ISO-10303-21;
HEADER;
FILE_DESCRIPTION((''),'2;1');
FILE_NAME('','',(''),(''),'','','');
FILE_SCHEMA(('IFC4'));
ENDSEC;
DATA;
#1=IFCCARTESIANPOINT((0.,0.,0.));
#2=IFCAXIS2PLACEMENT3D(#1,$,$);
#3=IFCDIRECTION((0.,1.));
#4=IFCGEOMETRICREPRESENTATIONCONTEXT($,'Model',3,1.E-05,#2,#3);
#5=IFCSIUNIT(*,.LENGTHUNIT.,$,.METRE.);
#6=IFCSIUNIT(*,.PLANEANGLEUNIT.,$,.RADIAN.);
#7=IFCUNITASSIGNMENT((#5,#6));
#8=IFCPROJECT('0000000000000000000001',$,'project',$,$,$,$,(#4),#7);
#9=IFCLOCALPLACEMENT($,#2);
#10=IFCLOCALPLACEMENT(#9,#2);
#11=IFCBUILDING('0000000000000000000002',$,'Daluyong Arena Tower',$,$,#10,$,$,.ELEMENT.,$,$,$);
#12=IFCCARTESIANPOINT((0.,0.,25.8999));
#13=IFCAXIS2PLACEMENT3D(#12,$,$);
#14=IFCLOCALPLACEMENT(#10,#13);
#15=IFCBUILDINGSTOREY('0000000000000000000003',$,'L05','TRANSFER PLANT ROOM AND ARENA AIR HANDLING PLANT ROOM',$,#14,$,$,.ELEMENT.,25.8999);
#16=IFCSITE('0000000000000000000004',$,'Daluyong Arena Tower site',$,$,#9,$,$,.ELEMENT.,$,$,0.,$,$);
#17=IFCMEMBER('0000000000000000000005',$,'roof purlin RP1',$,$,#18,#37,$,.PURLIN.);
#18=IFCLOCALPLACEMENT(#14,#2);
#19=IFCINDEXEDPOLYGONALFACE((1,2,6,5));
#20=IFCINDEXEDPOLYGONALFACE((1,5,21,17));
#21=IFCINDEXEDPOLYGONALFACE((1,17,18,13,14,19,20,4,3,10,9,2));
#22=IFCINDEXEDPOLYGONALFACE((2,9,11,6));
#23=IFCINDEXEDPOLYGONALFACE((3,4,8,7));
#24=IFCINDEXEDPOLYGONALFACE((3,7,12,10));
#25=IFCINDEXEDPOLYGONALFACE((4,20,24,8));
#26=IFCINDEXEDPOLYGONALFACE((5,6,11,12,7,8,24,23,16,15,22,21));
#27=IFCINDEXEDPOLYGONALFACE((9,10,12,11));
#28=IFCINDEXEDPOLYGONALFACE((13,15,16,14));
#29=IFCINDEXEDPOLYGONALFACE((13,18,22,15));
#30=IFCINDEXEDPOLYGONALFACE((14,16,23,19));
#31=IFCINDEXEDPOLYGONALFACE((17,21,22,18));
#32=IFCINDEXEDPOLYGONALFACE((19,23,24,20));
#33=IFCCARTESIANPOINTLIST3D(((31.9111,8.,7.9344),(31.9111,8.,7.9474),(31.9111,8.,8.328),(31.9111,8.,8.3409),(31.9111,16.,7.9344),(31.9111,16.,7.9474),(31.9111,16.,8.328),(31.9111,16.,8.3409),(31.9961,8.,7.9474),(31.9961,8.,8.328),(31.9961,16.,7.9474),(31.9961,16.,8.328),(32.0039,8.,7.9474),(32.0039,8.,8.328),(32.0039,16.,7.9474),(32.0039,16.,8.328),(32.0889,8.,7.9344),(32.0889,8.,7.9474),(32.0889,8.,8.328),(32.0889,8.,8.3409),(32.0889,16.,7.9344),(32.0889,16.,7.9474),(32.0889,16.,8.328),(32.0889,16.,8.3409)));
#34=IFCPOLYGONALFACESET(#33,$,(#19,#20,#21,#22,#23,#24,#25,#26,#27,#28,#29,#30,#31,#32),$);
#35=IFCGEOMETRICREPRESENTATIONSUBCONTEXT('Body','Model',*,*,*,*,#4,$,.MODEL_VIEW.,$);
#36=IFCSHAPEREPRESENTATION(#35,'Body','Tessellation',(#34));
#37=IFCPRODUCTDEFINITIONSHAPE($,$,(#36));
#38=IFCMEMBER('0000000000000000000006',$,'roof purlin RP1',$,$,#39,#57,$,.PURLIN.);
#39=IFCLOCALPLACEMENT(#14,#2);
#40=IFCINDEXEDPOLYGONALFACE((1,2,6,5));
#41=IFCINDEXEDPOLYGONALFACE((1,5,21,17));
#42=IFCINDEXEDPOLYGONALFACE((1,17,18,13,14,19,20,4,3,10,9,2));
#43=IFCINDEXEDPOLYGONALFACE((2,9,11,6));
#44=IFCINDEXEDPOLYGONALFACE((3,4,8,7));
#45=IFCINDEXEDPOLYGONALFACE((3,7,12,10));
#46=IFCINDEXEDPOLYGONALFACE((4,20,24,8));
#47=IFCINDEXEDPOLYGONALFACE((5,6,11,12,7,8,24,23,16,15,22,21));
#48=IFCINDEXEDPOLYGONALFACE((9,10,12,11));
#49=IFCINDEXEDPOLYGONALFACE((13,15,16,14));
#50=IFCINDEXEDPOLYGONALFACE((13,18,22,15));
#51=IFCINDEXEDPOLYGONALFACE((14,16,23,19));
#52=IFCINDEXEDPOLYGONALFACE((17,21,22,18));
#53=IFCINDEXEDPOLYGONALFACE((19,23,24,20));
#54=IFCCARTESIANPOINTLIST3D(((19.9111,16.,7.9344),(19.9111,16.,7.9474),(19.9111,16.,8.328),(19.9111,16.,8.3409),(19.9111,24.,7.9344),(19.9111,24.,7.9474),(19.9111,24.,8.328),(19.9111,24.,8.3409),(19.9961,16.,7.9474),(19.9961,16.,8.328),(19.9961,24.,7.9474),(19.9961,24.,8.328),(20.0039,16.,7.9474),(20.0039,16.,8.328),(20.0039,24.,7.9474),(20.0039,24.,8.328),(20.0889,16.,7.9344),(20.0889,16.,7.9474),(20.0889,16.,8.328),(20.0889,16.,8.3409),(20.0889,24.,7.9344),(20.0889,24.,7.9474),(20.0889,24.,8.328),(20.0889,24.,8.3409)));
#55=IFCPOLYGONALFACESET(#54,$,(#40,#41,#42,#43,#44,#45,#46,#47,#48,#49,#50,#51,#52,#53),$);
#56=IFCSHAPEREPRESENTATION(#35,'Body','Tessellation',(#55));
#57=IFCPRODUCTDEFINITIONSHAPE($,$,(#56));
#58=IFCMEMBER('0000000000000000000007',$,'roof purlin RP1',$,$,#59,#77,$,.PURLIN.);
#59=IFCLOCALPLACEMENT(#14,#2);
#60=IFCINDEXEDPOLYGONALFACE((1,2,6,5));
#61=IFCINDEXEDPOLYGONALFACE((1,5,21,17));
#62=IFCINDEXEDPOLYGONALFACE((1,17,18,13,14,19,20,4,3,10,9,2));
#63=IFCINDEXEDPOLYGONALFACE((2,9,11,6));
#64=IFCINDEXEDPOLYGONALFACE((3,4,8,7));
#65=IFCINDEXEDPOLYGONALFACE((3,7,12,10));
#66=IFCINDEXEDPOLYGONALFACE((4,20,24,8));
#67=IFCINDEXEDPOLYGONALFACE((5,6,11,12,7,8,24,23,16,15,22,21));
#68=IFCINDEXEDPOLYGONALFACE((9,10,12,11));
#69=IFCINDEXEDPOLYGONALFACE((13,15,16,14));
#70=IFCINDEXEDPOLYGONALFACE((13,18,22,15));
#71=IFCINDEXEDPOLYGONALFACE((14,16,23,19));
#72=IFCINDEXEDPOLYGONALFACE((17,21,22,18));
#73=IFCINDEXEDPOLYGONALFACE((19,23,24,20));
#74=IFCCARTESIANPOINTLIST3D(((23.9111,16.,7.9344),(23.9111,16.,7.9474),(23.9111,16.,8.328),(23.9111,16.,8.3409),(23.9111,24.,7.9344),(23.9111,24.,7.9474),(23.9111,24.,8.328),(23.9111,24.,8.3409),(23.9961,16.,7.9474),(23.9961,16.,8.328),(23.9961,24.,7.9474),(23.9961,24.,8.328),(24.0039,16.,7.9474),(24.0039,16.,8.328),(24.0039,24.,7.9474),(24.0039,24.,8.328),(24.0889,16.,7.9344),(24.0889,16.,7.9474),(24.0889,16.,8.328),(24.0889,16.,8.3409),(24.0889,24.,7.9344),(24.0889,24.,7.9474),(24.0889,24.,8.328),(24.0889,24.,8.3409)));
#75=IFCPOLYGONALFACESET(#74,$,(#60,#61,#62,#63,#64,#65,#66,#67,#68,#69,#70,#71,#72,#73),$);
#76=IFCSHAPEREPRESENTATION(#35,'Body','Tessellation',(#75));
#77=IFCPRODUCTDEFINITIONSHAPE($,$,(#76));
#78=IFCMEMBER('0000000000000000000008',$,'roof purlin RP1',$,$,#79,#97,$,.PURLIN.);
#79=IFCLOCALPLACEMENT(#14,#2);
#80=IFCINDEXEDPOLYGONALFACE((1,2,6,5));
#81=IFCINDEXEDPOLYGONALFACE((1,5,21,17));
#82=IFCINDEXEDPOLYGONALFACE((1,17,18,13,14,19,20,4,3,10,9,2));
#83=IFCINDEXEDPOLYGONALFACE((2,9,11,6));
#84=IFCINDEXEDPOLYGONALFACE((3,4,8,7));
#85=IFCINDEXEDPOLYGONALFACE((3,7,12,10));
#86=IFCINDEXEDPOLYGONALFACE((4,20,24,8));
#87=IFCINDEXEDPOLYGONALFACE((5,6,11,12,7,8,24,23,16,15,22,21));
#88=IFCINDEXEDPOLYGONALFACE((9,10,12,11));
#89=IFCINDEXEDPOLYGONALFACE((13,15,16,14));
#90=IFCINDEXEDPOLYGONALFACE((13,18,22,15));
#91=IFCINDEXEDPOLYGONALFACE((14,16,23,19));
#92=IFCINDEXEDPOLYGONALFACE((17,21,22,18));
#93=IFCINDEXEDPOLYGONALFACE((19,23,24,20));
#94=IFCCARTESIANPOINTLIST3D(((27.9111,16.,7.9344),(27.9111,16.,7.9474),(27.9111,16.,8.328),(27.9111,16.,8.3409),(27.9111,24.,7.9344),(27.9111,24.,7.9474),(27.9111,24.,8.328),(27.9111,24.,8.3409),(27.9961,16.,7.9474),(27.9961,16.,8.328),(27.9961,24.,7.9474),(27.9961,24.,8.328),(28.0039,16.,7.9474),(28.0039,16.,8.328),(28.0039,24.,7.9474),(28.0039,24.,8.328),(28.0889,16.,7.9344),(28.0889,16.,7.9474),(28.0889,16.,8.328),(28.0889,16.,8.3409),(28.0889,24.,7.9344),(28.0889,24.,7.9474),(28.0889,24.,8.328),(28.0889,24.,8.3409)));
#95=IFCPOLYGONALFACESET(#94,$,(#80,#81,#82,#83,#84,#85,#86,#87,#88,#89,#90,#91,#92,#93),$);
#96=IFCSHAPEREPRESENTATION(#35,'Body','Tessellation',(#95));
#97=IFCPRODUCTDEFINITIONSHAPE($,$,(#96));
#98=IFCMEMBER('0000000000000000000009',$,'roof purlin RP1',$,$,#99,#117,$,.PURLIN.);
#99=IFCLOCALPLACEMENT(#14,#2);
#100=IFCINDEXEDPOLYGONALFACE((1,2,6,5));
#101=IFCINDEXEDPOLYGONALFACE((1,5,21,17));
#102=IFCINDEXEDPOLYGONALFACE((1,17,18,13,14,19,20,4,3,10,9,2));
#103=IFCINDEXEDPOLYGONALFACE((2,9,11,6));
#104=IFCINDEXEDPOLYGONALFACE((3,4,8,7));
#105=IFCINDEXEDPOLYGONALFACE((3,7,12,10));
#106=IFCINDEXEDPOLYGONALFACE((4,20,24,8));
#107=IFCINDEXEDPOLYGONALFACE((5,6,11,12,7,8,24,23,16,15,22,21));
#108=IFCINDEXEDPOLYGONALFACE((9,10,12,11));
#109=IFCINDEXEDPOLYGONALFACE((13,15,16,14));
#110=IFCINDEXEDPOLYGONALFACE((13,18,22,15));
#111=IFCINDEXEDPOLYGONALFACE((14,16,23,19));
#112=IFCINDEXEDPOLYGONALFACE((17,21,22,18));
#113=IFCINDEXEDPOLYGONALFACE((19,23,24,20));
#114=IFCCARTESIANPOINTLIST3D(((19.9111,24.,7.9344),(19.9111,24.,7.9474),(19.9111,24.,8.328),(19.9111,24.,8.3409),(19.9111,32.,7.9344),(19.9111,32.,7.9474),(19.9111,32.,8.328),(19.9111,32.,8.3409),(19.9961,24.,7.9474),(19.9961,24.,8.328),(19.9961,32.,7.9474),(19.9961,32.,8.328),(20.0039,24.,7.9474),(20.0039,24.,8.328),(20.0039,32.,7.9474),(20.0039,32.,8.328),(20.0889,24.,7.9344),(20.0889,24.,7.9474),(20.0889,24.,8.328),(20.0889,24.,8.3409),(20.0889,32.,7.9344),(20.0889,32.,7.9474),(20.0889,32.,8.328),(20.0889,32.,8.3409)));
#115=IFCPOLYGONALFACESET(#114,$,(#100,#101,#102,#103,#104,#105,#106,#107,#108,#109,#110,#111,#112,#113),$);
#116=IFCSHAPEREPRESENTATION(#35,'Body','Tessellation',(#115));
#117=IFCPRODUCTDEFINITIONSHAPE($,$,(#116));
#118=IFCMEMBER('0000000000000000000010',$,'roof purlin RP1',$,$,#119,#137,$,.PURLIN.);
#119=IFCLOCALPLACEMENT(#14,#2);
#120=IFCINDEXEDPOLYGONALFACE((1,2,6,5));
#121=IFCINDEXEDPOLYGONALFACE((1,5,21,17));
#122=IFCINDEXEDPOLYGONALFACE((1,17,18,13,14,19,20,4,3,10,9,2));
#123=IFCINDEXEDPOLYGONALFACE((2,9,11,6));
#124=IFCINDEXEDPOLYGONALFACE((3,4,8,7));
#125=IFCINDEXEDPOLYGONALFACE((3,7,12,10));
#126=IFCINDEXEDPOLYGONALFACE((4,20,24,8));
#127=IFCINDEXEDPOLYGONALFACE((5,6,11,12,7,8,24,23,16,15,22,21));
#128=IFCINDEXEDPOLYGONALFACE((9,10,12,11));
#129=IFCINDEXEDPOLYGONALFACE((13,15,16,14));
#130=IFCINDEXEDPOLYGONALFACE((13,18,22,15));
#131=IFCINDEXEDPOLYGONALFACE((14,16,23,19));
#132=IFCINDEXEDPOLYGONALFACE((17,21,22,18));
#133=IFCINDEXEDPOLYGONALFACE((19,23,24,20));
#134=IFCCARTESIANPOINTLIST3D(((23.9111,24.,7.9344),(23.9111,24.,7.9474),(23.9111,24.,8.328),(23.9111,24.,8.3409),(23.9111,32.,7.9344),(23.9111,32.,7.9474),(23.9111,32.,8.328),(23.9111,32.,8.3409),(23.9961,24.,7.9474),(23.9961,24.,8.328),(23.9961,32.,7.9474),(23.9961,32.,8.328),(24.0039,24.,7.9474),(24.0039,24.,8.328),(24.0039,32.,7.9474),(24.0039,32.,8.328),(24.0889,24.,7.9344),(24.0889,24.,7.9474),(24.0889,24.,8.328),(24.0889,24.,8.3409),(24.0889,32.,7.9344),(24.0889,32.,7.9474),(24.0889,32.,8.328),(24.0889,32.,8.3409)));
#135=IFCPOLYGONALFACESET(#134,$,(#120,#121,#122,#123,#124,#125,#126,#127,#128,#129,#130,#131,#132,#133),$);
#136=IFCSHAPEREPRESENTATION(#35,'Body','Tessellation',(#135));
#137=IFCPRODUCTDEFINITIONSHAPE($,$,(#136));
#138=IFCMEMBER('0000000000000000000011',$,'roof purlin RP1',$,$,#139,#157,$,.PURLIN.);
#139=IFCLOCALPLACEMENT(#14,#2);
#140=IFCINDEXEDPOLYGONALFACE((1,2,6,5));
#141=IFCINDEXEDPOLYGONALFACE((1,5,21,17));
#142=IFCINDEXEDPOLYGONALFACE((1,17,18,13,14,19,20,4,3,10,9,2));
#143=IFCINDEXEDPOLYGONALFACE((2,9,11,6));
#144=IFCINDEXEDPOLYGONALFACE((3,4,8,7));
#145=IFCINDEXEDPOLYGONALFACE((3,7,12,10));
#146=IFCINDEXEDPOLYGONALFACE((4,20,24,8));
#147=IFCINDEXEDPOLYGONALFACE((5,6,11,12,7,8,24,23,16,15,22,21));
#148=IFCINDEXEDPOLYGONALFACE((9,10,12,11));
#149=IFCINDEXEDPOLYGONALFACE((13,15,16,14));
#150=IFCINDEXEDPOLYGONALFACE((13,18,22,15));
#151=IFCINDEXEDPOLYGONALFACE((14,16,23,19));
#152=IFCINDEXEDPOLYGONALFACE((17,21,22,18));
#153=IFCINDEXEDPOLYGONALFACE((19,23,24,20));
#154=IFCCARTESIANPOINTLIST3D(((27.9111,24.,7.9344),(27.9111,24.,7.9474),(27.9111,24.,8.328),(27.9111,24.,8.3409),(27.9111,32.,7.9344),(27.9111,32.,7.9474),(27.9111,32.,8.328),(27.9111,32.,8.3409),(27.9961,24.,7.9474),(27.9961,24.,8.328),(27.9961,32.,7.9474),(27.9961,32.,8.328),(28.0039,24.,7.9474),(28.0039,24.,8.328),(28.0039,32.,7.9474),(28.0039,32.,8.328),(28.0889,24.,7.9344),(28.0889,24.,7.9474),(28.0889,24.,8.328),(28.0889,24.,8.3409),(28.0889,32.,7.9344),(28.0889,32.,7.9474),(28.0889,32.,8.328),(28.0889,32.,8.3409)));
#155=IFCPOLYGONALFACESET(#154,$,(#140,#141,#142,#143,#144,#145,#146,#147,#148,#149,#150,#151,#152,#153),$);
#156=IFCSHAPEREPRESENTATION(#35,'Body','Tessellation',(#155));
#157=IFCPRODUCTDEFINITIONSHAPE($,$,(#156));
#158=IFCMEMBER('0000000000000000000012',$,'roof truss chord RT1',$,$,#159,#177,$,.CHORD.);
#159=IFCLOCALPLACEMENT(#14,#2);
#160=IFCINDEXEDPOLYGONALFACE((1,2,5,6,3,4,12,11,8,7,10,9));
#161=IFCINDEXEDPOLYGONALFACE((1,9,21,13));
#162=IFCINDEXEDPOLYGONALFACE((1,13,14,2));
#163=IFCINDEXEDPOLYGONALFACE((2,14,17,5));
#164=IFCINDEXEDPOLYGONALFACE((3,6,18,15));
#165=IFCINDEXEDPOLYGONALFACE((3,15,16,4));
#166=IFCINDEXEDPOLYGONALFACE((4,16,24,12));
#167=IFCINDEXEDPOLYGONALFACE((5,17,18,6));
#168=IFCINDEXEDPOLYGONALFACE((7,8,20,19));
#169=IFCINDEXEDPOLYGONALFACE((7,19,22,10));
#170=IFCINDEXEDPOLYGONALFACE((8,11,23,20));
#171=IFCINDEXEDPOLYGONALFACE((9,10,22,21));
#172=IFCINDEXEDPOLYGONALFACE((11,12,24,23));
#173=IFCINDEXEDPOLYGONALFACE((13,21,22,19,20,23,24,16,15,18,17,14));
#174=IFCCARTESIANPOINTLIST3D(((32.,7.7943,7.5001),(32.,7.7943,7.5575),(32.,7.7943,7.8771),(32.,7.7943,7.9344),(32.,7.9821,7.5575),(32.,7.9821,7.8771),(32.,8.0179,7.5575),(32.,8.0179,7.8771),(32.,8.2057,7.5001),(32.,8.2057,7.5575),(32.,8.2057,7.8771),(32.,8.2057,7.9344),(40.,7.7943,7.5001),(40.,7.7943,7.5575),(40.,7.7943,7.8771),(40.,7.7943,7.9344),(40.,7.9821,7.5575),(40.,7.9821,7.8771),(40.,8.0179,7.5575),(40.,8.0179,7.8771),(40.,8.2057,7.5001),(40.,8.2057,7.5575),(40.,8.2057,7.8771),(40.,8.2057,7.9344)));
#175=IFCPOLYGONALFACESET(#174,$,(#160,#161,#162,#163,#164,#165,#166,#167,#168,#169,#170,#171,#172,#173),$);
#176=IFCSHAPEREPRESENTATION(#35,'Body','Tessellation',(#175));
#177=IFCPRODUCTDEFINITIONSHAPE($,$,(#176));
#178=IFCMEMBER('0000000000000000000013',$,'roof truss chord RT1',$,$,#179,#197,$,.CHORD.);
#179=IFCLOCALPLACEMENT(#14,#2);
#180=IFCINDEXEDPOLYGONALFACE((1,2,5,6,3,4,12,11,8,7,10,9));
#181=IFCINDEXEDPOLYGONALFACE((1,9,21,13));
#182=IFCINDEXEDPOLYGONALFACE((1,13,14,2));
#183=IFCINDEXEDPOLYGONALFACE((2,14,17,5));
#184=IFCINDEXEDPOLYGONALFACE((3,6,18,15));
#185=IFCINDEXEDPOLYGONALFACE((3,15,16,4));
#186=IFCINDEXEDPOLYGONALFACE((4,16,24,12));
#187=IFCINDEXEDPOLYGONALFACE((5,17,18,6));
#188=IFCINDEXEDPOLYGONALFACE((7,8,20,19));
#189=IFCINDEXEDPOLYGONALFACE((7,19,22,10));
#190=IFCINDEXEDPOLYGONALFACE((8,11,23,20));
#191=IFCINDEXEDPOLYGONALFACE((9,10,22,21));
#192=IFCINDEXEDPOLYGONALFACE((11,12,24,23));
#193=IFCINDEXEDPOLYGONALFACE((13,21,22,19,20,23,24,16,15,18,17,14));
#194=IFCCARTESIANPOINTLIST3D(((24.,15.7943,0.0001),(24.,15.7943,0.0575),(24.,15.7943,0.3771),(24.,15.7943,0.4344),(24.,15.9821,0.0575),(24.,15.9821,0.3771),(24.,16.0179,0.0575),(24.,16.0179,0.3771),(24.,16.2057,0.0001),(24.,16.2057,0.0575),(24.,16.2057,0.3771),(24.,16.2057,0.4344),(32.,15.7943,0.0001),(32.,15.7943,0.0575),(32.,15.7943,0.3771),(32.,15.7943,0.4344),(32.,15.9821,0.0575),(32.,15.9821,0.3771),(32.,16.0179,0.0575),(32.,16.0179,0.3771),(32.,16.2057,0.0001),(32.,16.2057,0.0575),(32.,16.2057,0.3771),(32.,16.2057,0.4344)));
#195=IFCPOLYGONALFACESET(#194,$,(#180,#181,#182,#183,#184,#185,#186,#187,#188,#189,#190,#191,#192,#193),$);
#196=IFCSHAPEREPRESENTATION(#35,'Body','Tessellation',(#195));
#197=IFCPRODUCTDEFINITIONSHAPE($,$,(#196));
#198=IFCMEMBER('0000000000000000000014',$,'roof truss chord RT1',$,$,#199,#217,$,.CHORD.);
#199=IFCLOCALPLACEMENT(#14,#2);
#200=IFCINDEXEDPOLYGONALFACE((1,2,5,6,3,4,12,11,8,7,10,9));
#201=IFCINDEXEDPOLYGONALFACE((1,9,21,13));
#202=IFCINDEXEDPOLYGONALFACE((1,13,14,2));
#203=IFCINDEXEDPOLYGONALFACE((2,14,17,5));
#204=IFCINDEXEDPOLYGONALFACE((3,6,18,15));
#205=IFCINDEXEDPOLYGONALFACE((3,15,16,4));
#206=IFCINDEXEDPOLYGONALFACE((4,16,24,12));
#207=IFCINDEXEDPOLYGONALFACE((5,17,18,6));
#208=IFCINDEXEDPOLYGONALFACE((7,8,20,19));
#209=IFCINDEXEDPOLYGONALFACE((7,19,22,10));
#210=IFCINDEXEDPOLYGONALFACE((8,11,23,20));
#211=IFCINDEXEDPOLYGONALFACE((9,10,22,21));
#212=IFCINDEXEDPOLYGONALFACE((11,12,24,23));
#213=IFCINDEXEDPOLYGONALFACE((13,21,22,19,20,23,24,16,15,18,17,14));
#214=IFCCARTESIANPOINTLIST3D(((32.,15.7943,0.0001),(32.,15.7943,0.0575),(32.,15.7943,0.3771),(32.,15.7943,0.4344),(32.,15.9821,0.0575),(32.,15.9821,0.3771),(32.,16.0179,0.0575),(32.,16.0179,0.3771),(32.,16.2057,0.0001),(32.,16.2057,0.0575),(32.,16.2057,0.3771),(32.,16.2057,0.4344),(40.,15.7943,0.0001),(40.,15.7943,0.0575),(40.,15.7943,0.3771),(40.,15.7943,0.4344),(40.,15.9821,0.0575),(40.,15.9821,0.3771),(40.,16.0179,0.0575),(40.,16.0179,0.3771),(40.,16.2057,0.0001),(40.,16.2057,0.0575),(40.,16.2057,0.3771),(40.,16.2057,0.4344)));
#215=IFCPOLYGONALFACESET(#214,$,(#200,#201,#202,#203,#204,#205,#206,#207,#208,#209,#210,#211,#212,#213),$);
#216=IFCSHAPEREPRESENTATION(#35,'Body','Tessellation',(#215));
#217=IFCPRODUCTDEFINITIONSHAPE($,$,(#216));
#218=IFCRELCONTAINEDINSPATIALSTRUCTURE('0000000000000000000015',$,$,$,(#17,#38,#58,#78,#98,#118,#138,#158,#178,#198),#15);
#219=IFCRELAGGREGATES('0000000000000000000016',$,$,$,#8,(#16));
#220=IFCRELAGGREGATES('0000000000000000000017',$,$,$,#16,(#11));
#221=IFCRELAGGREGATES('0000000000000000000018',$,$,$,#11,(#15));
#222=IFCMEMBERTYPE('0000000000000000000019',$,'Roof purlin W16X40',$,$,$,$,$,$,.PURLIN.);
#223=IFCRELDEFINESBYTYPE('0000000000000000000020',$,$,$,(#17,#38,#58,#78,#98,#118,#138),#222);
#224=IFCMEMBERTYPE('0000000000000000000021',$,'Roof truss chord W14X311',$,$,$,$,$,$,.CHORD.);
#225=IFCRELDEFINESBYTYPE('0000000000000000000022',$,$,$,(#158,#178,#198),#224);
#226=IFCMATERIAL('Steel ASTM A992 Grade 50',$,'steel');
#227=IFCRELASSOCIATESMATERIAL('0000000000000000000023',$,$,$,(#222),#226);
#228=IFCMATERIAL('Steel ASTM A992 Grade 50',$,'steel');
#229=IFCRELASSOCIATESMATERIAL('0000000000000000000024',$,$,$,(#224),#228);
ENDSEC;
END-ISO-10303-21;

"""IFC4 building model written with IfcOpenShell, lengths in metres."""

from ifc_helpers import new_model, si_unit, direction, frame, origin, origin_2d, place, context, subcontext, project, spatial, i_section, extrude, material, material_profile, profile_set, type_object, element, save


model = new_model("IFC4")

# Units and contexts
model_context = context("Model", 3, precision=1e-05, world=origin(), true_north=direction((0.0, 1.0)))
body_context = subcontext(model_context, "Body", "Model", "MODEL_VIEW")
ifc_project = project(units=[si_unit("LENGTHUNIT", "METRE"), si_unit("PLANEANGLEUNIT", "RADIAN")], contexts=[model_context])

# Site, building, storey
site_placement = place(None, origin())
site = spatial("IfcSite", under=ifc_project, at=site_placement, Name="Daluyong Arena Tower site", CompositionType="ELEMENT", RefElevation=0.0)
building_placement = place(site_placement, origin())
building = spatial("IfcBuilding", under=site, at=building_placement, Name="Daluyong Arena Tower", CompositionType="ELEMENT")
storey_placement = place(building_placement, frame((0.0, 0.0, 25.8999)))
storey = spatial("IfcBuildingStorey", under=building, at=storey_placement, Name="L05", Description="TRANSFER PLANT ROOM AND ARENA AIR HANDLING PLANT ROOM", CompositionType="ELEMENT", Elevation=25.8999)

# Members
ifc_material_1 = material(Name="Steel ASTM A992 Grade 50", Category="steel")
ifc_material_profile_1 = material_profile(ifc_material_1, i_section(OverallWidth=0.1777, OverallDepth=0.4065, WebThickness=0.0078, FlangeThickness=0.0129, at=origin_2d()))
ifc_profile_set_1 = profile_set([ifc_material_profile_1], Name="Steel ASTM A992 Grade 50")
member_type_1 = type_object("IfcMemberType", Name="Roof purlin W16X40", PredefinedType="PURLIN", material=ifc_profile_set_1)
for number, where, z_axis, x_axis, name in (
    (1, (32.0, 8.0, 8.1377), (0.0, 1.0, 0.0), (-1.0, 0.0, 0.0), "roof purlin RP1"),
    (2, (20.0, 16.0, 8.1377), (0.0, 1.0, 0.0), (-1.0, 0.0, 0.0), "roof purlin RP1"),
    (3, (24.0, 16.0, 8.1377), (0.0, 1.0, 0.0), (-1.0, 0.0, 0.0), "roof purlin RP1"),
    (4, (28.0, 16.0, 8.1377), (0.0, 1.0, 0.0), (-1.0, 0.0, 0.0), "roof purlin RP1"),
    (5, (20.0, 24.0, 8.1377), (0.0, 1.0, 0.0), (-1.0, 0.0, 0.0), "roof purlin RP1"),
    (6, (24.0, 24.0, 8.1377), (0.0, 1.0, 0.0), (-1.0, 0.0, 0.0), "roof purlin RP1"),
    (7, (28.0, 24.0, 8.1377), (0.0, 1.0, 0.0), (-1.0, 0.0, 0.0), "roof purlin RP1"),
):
    element("IfcMember", number, at=place(storey_placement, frame(where, z_axis=z_axis, x_axis=x_axis)), inside=storey, type_object=member_type_1, Name=name, PredefinedType="PURLIN", context=body_context, shape_type="SweptSolid", body=[
        extrude(i_section(OverallWidth=0.1777, OverallDepth=0.4065, WebThickness=0.0078, FlangeThickness=0.0129, at=origin_2d()), origin(), (0.0, 0.0, 1.0), 8.0),
    ])
ifc_material_2 = material(Name="Steel ASTM A992 Grade 50", Category="steel")
ifc_material_profile_2 = material_profile(ifc_material_2, i_section(OverallWidth=0.4114, OverallDepth=0.4343, WebThickness=0.0359, FlangeThickness=0.0574, at=origin_2d()))
ifc_profile_set_2 = profile_set([ifc_material_profile_2], Name="Steel ASTM A992 Grade 50")
member_type_2 = type_object("IfcMemberType", Name="Roof truss chord W14X311", PredefinedType="CHORD", material=ifc_profile_set_2)
for number, where, z_axis, x_axis, name in (
    (8, (32.0, 8.0, 7.7173), (1.0, 0.0, 0.0), (0.0, 1.0, 0.0), "roof truss chord RT1"),
    (9, (24.0, 16.0, 0.2173), (1.0, 0.0, 0.0), (0.0, 1.0, 0.0), "roof truss chord RT1"),
    (10, (32.0, 16.0, 0.2173), (1.0, 0.0, 0.0), (0.0, 1.0, 0.0), "roof truss chord RT1"),
):
    element("IfcMember", number, at=place(storey_placement, frame(where, z_axis=z_axis, x_axis=x_axis)), inside=storey, type_object=member_type_2, Name=name, PredefinedType="CHORD", context=body_context, shape_type="SweptSolid", body=[
        extrude(i_section(OverallWidth=0.4114, OverallDepth=0.4343, WebThickness=0.0359, FlangeThickness=0.0574, at=origin_2d()), origin(), (0.0, 0.0, 1.0), 8.0),
    ])

save(model, "model.ifc")
